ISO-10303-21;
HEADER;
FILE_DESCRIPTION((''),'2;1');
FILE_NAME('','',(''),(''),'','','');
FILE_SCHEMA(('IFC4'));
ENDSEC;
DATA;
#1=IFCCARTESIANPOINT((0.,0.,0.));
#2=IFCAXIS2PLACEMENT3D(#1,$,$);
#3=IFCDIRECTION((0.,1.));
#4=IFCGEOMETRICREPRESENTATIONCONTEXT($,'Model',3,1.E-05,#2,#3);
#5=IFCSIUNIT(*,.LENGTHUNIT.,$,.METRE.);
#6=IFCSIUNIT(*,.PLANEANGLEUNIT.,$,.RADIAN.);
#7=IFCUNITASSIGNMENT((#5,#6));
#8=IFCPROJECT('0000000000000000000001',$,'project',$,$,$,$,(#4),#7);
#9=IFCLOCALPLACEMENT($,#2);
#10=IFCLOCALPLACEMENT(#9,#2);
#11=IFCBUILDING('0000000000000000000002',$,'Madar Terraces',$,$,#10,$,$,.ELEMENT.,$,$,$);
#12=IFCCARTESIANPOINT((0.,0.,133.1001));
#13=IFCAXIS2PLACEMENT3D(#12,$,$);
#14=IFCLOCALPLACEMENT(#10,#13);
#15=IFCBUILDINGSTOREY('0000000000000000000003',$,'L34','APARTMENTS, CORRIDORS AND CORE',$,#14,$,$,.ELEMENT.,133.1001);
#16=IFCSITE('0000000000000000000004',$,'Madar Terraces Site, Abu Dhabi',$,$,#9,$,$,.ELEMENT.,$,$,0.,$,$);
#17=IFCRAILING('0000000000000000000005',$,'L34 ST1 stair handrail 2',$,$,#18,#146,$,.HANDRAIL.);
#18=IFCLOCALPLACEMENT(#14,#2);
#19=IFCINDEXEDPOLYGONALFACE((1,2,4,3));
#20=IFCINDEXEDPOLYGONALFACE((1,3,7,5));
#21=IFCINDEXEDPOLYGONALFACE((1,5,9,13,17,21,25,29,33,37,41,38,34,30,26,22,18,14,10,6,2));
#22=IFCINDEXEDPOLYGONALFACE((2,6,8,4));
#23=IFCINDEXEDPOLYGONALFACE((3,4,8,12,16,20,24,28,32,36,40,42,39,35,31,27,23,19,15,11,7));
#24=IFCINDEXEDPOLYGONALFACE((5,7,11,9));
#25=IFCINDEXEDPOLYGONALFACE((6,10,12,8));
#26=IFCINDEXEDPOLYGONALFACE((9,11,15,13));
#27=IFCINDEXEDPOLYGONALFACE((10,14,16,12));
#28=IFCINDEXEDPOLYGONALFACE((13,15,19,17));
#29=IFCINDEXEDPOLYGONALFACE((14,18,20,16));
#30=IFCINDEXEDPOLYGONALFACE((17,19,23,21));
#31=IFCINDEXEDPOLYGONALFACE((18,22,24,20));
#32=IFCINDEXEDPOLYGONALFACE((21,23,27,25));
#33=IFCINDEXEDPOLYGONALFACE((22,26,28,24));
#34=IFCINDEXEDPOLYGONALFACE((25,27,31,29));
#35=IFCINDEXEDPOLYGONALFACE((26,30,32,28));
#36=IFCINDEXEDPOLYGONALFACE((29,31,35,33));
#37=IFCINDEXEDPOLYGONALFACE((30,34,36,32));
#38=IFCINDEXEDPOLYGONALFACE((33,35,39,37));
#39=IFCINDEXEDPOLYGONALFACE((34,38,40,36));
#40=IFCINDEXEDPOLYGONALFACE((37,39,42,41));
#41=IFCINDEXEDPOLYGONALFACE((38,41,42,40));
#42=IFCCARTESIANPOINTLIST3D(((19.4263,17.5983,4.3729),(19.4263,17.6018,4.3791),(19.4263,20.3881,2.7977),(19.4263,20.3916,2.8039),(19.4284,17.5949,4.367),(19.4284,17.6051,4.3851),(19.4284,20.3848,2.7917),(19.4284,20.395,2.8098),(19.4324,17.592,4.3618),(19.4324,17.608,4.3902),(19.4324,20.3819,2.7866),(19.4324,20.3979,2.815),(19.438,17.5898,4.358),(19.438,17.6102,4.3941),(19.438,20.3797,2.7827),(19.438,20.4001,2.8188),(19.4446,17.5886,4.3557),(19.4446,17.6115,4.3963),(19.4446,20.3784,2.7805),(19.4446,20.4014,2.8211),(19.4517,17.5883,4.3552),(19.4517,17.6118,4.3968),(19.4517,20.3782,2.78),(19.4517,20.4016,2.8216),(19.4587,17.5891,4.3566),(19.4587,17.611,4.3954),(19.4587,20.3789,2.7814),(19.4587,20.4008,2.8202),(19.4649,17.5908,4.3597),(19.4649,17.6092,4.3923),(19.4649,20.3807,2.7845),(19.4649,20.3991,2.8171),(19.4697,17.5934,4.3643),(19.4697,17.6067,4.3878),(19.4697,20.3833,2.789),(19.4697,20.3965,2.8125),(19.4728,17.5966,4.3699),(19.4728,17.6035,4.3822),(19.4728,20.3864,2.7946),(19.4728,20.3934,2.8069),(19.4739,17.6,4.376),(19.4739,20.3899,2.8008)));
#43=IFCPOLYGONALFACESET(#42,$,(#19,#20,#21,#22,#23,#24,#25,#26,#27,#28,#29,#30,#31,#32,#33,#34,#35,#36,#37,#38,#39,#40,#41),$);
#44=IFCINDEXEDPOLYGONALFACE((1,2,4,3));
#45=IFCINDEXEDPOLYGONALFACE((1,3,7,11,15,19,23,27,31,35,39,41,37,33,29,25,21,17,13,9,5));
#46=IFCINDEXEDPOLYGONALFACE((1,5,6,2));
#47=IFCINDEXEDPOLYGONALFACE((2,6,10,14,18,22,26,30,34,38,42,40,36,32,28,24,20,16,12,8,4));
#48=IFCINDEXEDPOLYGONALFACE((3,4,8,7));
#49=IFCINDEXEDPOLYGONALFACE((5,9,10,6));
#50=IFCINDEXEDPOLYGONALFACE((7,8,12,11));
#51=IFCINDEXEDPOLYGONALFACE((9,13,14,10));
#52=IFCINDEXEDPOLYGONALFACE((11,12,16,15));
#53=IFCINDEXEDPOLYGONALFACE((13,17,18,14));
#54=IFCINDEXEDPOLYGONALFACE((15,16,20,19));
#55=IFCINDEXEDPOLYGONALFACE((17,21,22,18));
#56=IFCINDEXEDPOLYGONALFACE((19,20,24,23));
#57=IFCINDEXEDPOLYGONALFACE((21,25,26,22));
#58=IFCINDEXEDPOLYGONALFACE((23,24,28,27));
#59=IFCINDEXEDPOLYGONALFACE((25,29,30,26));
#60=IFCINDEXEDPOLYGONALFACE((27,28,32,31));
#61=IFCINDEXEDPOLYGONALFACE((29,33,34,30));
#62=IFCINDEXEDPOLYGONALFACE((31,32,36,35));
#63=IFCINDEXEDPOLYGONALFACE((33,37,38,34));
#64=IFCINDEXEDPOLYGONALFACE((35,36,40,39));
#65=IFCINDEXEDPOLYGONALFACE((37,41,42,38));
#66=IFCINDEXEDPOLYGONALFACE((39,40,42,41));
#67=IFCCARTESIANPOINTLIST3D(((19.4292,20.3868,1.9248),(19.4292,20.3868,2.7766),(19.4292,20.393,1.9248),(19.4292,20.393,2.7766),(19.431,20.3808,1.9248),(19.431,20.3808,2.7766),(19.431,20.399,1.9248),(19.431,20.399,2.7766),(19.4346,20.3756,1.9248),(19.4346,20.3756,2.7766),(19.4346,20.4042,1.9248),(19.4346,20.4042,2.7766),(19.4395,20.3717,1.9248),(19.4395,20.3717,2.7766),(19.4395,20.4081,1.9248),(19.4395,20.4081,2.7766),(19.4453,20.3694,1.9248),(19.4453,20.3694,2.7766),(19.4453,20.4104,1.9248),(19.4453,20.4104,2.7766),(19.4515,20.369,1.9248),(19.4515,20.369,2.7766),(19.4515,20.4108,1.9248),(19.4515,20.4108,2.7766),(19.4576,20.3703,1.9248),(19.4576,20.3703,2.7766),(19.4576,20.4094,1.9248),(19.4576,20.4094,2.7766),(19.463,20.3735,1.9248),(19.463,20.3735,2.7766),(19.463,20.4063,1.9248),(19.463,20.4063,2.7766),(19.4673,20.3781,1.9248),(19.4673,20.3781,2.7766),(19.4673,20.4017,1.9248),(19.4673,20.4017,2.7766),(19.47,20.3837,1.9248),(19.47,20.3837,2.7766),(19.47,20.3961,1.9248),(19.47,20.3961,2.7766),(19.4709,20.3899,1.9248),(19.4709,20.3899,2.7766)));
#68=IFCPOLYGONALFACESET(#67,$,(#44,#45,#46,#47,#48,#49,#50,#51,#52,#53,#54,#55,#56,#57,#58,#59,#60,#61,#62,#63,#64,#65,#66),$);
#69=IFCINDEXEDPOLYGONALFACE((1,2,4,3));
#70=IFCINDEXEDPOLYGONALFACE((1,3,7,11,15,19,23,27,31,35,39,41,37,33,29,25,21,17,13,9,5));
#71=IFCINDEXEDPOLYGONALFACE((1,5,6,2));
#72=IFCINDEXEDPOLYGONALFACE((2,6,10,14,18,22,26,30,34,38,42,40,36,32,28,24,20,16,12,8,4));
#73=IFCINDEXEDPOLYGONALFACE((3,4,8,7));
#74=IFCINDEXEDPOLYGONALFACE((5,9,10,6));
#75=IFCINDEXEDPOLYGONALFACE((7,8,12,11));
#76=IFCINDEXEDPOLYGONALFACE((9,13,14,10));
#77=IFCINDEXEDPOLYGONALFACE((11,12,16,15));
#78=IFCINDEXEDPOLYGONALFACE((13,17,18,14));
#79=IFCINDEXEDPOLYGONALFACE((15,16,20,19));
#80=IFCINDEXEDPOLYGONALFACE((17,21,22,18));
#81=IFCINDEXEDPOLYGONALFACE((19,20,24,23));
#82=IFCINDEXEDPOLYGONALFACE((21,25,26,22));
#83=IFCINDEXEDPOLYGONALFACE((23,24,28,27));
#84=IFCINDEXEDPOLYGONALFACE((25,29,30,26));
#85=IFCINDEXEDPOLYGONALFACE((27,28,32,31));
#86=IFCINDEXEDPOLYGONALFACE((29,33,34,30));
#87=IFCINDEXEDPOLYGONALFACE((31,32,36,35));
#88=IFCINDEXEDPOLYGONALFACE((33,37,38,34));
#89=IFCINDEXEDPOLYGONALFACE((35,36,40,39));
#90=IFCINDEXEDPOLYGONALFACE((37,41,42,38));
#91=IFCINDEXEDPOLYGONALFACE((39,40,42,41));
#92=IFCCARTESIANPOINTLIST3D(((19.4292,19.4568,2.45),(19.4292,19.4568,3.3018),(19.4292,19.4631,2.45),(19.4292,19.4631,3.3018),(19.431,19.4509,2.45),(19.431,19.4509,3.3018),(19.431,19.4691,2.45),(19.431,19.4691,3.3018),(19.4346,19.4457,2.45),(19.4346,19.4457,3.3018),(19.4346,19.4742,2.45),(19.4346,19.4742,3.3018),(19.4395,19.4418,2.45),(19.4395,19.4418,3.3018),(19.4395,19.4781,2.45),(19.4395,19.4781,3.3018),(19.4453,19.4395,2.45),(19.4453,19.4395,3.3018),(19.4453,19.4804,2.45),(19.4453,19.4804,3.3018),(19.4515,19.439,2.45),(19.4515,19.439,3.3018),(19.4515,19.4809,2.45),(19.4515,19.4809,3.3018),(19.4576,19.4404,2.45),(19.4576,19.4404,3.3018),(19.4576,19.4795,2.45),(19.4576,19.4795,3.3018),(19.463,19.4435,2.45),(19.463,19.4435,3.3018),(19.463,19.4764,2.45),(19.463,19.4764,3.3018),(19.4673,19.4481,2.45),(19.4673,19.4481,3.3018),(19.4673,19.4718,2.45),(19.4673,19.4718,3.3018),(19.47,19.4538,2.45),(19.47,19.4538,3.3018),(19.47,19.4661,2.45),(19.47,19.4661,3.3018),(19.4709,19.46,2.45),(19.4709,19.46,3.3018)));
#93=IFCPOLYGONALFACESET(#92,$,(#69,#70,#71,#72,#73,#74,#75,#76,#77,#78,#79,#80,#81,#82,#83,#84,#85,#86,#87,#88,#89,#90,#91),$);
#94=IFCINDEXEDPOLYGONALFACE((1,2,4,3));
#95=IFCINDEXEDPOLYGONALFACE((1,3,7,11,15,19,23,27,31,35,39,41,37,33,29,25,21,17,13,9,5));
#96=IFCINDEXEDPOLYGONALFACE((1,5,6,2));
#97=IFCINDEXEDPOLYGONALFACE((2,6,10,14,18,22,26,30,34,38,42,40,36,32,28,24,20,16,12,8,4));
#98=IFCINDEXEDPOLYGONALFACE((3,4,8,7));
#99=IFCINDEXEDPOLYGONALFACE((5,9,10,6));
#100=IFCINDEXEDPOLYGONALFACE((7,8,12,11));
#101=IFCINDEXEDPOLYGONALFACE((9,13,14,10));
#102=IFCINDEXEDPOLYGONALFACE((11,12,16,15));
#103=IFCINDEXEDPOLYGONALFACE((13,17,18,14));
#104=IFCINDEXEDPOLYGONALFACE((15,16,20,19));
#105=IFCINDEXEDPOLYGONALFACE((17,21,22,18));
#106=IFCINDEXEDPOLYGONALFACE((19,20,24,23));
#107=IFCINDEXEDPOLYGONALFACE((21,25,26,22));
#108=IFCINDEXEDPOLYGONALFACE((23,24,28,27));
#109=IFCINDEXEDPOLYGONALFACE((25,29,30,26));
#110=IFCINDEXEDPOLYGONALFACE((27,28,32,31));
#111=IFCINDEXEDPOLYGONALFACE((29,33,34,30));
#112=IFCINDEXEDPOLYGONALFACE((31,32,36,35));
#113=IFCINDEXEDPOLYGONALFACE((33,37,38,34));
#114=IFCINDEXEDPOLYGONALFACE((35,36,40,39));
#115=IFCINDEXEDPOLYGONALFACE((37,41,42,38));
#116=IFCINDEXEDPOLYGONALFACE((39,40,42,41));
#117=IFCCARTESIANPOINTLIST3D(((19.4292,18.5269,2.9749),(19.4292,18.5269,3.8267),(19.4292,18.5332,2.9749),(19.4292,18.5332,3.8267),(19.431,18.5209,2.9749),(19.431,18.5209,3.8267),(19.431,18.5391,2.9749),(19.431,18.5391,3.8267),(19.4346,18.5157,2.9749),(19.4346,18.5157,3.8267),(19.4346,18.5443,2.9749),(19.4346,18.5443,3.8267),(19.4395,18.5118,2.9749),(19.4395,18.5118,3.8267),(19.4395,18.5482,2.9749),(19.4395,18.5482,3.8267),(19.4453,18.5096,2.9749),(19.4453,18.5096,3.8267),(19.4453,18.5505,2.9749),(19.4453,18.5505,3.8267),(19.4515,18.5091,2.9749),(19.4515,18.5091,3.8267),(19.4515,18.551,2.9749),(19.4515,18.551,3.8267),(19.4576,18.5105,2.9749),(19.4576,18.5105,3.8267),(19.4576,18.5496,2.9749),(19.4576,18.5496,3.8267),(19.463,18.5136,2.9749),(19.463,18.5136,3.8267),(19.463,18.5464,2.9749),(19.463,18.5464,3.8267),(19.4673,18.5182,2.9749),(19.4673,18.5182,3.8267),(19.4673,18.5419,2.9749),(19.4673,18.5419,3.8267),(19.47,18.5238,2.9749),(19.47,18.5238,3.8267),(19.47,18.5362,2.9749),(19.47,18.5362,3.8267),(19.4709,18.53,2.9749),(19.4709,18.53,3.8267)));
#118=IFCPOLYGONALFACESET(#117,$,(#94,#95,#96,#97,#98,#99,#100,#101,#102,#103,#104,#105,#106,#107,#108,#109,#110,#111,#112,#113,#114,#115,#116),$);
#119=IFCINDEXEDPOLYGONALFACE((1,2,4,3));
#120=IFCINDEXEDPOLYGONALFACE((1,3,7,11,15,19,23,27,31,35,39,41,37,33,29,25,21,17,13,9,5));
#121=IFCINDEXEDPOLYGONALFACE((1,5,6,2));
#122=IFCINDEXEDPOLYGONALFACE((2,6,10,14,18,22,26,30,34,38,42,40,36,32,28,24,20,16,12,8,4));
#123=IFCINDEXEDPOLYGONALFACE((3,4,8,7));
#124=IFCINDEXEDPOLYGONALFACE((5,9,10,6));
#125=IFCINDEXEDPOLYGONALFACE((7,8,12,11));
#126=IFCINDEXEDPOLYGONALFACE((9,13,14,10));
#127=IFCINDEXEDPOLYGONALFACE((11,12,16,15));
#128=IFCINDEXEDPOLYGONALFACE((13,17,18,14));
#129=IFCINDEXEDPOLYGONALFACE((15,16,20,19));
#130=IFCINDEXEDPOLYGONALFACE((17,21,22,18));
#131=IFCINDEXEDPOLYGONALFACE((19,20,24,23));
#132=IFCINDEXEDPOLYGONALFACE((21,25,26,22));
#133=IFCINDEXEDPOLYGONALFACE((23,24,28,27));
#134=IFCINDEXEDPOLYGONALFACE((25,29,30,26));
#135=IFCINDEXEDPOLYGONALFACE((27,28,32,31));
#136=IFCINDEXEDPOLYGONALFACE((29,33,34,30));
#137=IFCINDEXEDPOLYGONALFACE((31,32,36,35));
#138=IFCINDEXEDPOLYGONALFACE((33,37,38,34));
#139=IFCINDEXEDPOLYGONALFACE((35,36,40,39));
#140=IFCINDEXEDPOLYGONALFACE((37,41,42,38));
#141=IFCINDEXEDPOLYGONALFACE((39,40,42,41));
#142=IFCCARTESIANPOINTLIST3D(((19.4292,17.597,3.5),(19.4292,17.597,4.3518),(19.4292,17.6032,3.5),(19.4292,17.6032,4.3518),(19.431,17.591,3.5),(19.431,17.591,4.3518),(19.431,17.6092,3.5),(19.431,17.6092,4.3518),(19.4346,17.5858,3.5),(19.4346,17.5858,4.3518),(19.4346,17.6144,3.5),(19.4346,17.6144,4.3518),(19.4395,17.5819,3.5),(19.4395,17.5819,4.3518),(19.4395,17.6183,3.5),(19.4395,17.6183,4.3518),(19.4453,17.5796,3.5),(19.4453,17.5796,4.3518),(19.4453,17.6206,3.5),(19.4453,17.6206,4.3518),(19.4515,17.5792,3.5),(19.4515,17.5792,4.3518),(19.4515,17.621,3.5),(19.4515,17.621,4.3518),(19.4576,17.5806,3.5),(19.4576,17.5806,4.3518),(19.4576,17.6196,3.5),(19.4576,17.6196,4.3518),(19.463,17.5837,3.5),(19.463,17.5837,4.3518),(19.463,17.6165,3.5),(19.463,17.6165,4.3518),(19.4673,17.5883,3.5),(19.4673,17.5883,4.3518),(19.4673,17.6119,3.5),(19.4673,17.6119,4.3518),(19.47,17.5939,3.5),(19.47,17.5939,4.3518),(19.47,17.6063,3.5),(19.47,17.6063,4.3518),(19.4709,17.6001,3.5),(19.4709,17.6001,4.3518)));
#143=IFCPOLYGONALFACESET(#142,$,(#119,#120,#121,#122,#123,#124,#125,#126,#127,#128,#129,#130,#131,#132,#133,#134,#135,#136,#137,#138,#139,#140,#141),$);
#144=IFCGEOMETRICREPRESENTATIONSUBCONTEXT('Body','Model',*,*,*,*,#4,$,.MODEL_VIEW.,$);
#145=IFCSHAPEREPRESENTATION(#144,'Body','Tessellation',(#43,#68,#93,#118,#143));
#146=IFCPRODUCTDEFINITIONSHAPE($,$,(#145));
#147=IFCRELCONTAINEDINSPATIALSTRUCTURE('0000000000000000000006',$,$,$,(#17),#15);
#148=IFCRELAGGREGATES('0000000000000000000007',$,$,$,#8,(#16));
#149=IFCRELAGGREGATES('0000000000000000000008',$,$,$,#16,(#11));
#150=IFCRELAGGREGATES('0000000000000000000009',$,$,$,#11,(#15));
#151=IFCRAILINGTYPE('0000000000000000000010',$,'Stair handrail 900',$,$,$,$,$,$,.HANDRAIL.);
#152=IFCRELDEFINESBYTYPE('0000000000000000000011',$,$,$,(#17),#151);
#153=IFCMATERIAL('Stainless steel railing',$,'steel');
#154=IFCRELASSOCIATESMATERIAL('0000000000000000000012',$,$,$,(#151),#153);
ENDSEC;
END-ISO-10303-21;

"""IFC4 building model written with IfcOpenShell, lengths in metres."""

from ifc_helpers import new_model, si_unit, direction, frame, origin, origin_2d, place, context, subcontext, project, spatial, circle, extrude, material, type_object, element, save


model = new_model("IFC4")

# Units and contexts
model_context = context("Model", 3, precision=1e-05, world=origin(), true_north=direction((0.0, 1.0)))
body_context = subcontext(model_context, "Body", "Model", "MODEL_VIEW")
ifc_project = project(units=[si_unit("LENGTHUNIT", "METRE"), si_unit("PLANEANGLEUNIT", "RADIAN")], contexts=[model_context])

# Site, building, storey
site_placement = place(None, origin())
site = spatial("IfcSite", under=ifc_project, at=site_placement, Name="Madar Terraces Site, Abu Dhabi", CompositionType="ELEMENT", RefElevation=0.0)
building_placement = place(site_placement, origin())
building = spatial("IfcBuilding", under=site, at=building_placement, Name="Madar Terraces", CompositionType="ELEMENT")
storey_placement = place(building_placement, frame((0.0, 0.0, 133.1001)))
storey = spatial("IfcBuildingStorey", under=building, at=storey_placement, Name="L34", Description="APARTMENTS, CORRIDORS AND CORE", CompositionType="ELEMENT", Elevation=133.1001)

# Railing
ifc_material_1 = material(Name="Stainless steel railing", Category="steel")
railing_type_1 = type_object("IfcRailingType", Name="Stair handrail 900", PredefinedType="HANDRAIL", material=ifc_material_1)
railing_1_placement = place(storey_placement, frame((19.45, 20.3899, 1.9248)))
element("IfcRailing", 1, at=railing_1_placement, inside=storey, type_object=railing_type_1, Name="L34 ST1 stair handrail 2", PredefinedType="HANDRAIL", context=body_context, shape_type="SweptSolid", body=[
    extrude(circle(Radius=0.0239, at=origin_2d()), frame((0.0, 0.0, 0.876), z_axis=(0.0, -0.870783, 0.491668), x_axis=(1.0, 0.0, 0.0)), (0.0, 0.0, 1.0), 3.2039),
    extrude(circle(Radius=0.021, at=origin_2d()), origin(), (0.0, 0.0, 1.0), 0.8518),
    extrude(circle(Radius=0.021, at=origin_2d()), frame((0.0, -0.9299, 0.5251)), (0.0, 0.0, 1.0), 0.8518),
    extrude(circle(Radius=0.021, at=origin_2d()), frame((0.0, -1.8599, 1.05)), (0.0, 0.0, 1.0), 0.8518),
    extrude(circle(Radius=0.021, at=origin_2d()), frame((0.0, -2.7898, 1.5752)), (0.0, 0.0, 1.0), 0.8518),
])

save(model, "model.ifc")
